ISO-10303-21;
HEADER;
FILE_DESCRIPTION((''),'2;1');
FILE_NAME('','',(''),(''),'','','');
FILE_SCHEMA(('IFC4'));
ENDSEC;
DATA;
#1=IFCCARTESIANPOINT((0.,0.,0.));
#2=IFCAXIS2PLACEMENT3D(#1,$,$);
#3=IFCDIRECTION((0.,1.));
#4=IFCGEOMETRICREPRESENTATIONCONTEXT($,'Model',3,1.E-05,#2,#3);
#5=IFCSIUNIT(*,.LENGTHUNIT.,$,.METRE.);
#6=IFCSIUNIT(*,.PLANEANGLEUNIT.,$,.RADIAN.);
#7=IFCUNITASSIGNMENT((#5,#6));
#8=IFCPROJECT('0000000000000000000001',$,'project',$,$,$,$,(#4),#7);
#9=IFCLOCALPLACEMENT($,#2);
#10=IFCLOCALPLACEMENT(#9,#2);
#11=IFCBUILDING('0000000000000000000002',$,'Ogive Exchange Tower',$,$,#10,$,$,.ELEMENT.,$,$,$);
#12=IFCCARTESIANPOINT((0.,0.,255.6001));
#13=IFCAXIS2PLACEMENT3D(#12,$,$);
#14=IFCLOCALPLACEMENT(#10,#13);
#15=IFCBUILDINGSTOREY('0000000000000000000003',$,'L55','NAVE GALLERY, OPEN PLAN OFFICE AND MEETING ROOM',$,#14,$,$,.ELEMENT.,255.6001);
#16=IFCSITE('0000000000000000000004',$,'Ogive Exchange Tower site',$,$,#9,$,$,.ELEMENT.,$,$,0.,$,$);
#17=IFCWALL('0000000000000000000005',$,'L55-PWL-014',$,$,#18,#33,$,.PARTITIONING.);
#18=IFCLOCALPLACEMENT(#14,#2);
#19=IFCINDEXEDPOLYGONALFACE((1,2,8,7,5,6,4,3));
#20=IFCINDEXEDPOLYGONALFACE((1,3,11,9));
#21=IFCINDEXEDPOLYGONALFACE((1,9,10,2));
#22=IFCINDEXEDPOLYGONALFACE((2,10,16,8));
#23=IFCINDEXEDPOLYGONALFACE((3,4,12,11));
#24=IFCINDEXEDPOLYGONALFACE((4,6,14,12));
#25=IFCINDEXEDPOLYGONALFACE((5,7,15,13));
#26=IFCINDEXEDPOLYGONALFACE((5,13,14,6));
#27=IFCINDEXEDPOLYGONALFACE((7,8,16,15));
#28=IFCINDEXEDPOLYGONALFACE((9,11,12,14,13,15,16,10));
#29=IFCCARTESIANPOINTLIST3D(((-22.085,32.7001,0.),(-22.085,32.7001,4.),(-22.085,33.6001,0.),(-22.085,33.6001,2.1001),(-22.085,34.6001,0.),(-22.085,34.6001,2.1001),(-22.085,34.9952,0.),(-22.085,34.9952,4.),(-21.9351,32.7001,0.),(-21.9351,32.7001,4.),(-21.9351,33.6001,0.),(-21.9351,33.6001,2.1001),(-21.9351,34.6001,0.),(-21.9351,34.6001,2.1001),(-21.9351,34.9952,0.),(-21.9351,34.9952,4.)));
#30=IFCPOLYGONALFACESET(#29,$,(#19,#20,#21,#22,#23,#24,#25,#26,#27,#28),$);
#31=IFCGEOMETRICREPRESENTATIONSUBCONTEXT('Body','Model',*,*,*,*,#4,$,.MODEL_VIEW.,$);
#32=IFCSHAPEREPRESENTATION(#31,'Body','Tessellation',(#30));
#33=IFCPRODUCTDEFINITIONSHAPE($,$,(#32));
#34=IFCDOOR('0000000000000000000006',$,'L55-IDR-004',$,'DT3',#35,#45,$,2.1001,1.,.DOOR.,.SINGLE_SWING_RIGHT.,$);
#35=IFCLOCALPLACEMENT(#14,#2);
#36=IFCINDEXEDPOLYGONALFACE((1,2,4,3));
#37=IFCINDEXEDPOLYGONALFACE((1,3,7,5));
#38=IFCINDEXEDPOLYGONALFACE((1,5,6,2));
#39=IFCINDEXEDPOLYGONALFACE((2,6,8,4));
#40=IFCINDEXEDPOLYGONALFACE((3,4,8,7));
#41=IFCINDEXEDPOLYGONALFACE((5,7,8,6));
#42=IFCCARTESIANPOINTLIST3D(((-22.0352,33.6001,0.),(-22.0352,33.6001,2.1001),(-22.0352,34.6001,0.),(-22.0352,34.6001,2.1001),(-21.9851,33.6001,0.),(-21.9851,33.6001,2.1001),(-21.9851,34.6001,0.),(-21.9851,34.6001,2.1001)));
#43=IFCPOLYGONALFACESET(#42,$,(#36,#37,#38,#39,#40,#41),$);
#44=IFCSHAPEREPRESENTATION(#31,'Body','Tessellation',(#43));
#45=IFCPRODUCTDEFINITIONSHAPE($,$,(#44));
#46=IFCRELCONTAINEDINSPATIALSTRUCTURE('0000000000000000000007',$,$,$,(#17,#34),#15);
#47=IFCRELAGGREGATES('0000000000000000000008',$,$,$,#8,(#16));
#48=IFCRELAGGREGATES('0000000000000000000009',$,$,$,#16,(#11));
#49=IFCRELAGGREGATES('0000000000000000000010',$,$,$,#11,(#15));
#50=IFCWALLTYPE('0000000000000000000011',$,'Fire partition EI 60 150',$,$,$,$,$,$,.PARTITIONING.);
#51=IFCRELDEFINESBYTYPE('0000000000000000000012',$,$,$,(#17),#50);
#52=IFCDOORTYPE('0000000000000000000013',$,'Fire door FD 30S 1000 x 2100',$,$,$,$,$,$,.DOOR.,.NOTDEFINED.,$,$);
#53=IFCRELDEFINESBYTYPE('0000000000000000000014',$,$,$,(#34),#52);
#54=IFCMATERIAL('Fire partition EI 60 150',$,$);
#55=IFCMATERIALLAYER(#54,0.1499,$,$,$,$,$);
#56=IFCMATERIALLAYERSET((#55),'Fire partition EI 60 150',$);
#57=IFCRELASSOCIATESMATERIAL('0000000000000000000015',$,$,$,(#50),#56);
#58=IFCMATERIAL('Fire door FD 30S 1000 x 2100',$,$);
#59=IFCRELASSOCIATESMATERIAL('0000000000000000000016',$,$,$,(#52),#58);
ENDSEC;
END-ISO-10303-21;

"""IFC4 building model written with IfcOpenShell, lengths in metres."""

from ifc_helpers import new_model, si_unit, direction, frame, frame_2d, origin, place, context, subcontext, project, spatial, rectangle, extrude, material, layer, layer_set, type_object, element, fill, save


model = new_model("IFC4")

# Units and contexts
model_context = context("Model", 3, precision=1e-05, world=origin(), true_north=direction((0.0, 1.0)))
body_context = subcontext(model_context, "Body", "Model", "MODEL_VIEW")
ifc_project = project(units=[si_unit("LENGTHUNIT", "METRE"), si_unit("PLANEANGLEUNIT", "RADIAN")], contexts=[model_context])

# Site, building, storey
site_placement = place(None, origin())
site = spatial("IfcSite", under=ifc_project, at=site_placement, Name="Ogive Exchange Tower site", CompositionType="ELEMENT", RefElevation=0.0)
building_placement = place(site_placement, origin())
building = spatial("IfcBuilding", under=site, at=building_placement, Name="Ogive Exchange Tower", CompositionType="ELEMENT")
storey_placement = place(building_placement, frame((0.0, 0.0, 255.6001)))
storey = spatial("IfcBuildingStorey", under=building, at=storey_placement, Name="L55", Description="NAVE GALLERY, OPEN PLAN OFFICE AND MEETING ROOM", CompositionType="ELEMENT", Elevation=255.6001)

# Shared definitions
ifc_material_1 = material(Name="Fire partition EI 60 150")
ifc_layer_1 = layer(ifc_material_1, 0.1499)
ifc_layer_set_1 = layer_set([ifc_layer_1], Name="Fire partition EI 60 150")
wall_type_1 = type_object("IfcWallType", Name="Fire partition EI 60 150", PredefinedType="PARTITIONING", material=ifc_layer_set_1)
ifc_material_2 = material(Name="Fire door FD 30S 1000 x 2100")
door_type_1 = type_object("IfcDoorType", Name="Fire door FD 30S 1000 x 2100", OperationType="NOTDEFINED", PredefinedType="DOOR", material=ifc_material_2)

# Wall, opening, door
wall_1_placement = place(storey_placement, frame((-22.01, 34.9951, 0.0), z_axis=(0.0, 0.0, 1.0), x_axis=(0.0, -1.0, 0.0)))
wall_1 = element("IfcWall", 1, at=wall_1_placement, inside=storey, type_object=wall_type_1, Name="L55-PWL-014", PredefinedType="PARTITIONING", context=body_context, shape_type="SweptSolid", body=[
    extrude(rectangle(XDim=2.2952, YDim=0.1499, at=frame_2d((1.1475, 0.0))), origin(), (0.0, 0.0, 1.0), 4.0),
])
opening_1_placement = place(wall_1_placement, frame((0.395, 0.0, 0.0)))
opening_1 = element("IfcOpeningElement", 2, at=opening_1_placement, cuts=wall_1, PredefinedType="OPENING", context=body_context, shape_type="SweptSolid", body=[
    extrude(rectangle(XDim=1.0, YDim=2.1001, at=frame_2d((0.5, 1.05))), frame((0.0, 0.085, 0.0), z_axis=(0.0, -1.0, 0.0), x_axis=(1.0, 0.0, 0.0)), (0.0, 0.0, 1.0), 0.1699),
])
door_1_placement = place(opening_1_placement, origin())
door_1 = element("IfcDoor", 3, at=door_1_placement, inside=storey, type_object=door_type_1, Name="L55-IDR-004", ObjectType="DT3", OperationType="SINGLE_SWING_RIGHT", OverallHeight=2.1001, OverallWidth=1.0, PredefinedType="DOOR", context=body_context, shape_type="SweptSolid", body=[
    extrude(rectangle(XDim=1.0, YDim=2.1001, at=frame_2d((0.5, 1.05))), frame((0.0, 0.0249, 0.0), z_axis=(0.0, -1.0, 0.0), x_axis=(1.0, 0.0, 0.0)), (0.0, 0.0, 1.0), 0.05),
])
fill(opening_1, door_1)

save(model, "model.ifc")
